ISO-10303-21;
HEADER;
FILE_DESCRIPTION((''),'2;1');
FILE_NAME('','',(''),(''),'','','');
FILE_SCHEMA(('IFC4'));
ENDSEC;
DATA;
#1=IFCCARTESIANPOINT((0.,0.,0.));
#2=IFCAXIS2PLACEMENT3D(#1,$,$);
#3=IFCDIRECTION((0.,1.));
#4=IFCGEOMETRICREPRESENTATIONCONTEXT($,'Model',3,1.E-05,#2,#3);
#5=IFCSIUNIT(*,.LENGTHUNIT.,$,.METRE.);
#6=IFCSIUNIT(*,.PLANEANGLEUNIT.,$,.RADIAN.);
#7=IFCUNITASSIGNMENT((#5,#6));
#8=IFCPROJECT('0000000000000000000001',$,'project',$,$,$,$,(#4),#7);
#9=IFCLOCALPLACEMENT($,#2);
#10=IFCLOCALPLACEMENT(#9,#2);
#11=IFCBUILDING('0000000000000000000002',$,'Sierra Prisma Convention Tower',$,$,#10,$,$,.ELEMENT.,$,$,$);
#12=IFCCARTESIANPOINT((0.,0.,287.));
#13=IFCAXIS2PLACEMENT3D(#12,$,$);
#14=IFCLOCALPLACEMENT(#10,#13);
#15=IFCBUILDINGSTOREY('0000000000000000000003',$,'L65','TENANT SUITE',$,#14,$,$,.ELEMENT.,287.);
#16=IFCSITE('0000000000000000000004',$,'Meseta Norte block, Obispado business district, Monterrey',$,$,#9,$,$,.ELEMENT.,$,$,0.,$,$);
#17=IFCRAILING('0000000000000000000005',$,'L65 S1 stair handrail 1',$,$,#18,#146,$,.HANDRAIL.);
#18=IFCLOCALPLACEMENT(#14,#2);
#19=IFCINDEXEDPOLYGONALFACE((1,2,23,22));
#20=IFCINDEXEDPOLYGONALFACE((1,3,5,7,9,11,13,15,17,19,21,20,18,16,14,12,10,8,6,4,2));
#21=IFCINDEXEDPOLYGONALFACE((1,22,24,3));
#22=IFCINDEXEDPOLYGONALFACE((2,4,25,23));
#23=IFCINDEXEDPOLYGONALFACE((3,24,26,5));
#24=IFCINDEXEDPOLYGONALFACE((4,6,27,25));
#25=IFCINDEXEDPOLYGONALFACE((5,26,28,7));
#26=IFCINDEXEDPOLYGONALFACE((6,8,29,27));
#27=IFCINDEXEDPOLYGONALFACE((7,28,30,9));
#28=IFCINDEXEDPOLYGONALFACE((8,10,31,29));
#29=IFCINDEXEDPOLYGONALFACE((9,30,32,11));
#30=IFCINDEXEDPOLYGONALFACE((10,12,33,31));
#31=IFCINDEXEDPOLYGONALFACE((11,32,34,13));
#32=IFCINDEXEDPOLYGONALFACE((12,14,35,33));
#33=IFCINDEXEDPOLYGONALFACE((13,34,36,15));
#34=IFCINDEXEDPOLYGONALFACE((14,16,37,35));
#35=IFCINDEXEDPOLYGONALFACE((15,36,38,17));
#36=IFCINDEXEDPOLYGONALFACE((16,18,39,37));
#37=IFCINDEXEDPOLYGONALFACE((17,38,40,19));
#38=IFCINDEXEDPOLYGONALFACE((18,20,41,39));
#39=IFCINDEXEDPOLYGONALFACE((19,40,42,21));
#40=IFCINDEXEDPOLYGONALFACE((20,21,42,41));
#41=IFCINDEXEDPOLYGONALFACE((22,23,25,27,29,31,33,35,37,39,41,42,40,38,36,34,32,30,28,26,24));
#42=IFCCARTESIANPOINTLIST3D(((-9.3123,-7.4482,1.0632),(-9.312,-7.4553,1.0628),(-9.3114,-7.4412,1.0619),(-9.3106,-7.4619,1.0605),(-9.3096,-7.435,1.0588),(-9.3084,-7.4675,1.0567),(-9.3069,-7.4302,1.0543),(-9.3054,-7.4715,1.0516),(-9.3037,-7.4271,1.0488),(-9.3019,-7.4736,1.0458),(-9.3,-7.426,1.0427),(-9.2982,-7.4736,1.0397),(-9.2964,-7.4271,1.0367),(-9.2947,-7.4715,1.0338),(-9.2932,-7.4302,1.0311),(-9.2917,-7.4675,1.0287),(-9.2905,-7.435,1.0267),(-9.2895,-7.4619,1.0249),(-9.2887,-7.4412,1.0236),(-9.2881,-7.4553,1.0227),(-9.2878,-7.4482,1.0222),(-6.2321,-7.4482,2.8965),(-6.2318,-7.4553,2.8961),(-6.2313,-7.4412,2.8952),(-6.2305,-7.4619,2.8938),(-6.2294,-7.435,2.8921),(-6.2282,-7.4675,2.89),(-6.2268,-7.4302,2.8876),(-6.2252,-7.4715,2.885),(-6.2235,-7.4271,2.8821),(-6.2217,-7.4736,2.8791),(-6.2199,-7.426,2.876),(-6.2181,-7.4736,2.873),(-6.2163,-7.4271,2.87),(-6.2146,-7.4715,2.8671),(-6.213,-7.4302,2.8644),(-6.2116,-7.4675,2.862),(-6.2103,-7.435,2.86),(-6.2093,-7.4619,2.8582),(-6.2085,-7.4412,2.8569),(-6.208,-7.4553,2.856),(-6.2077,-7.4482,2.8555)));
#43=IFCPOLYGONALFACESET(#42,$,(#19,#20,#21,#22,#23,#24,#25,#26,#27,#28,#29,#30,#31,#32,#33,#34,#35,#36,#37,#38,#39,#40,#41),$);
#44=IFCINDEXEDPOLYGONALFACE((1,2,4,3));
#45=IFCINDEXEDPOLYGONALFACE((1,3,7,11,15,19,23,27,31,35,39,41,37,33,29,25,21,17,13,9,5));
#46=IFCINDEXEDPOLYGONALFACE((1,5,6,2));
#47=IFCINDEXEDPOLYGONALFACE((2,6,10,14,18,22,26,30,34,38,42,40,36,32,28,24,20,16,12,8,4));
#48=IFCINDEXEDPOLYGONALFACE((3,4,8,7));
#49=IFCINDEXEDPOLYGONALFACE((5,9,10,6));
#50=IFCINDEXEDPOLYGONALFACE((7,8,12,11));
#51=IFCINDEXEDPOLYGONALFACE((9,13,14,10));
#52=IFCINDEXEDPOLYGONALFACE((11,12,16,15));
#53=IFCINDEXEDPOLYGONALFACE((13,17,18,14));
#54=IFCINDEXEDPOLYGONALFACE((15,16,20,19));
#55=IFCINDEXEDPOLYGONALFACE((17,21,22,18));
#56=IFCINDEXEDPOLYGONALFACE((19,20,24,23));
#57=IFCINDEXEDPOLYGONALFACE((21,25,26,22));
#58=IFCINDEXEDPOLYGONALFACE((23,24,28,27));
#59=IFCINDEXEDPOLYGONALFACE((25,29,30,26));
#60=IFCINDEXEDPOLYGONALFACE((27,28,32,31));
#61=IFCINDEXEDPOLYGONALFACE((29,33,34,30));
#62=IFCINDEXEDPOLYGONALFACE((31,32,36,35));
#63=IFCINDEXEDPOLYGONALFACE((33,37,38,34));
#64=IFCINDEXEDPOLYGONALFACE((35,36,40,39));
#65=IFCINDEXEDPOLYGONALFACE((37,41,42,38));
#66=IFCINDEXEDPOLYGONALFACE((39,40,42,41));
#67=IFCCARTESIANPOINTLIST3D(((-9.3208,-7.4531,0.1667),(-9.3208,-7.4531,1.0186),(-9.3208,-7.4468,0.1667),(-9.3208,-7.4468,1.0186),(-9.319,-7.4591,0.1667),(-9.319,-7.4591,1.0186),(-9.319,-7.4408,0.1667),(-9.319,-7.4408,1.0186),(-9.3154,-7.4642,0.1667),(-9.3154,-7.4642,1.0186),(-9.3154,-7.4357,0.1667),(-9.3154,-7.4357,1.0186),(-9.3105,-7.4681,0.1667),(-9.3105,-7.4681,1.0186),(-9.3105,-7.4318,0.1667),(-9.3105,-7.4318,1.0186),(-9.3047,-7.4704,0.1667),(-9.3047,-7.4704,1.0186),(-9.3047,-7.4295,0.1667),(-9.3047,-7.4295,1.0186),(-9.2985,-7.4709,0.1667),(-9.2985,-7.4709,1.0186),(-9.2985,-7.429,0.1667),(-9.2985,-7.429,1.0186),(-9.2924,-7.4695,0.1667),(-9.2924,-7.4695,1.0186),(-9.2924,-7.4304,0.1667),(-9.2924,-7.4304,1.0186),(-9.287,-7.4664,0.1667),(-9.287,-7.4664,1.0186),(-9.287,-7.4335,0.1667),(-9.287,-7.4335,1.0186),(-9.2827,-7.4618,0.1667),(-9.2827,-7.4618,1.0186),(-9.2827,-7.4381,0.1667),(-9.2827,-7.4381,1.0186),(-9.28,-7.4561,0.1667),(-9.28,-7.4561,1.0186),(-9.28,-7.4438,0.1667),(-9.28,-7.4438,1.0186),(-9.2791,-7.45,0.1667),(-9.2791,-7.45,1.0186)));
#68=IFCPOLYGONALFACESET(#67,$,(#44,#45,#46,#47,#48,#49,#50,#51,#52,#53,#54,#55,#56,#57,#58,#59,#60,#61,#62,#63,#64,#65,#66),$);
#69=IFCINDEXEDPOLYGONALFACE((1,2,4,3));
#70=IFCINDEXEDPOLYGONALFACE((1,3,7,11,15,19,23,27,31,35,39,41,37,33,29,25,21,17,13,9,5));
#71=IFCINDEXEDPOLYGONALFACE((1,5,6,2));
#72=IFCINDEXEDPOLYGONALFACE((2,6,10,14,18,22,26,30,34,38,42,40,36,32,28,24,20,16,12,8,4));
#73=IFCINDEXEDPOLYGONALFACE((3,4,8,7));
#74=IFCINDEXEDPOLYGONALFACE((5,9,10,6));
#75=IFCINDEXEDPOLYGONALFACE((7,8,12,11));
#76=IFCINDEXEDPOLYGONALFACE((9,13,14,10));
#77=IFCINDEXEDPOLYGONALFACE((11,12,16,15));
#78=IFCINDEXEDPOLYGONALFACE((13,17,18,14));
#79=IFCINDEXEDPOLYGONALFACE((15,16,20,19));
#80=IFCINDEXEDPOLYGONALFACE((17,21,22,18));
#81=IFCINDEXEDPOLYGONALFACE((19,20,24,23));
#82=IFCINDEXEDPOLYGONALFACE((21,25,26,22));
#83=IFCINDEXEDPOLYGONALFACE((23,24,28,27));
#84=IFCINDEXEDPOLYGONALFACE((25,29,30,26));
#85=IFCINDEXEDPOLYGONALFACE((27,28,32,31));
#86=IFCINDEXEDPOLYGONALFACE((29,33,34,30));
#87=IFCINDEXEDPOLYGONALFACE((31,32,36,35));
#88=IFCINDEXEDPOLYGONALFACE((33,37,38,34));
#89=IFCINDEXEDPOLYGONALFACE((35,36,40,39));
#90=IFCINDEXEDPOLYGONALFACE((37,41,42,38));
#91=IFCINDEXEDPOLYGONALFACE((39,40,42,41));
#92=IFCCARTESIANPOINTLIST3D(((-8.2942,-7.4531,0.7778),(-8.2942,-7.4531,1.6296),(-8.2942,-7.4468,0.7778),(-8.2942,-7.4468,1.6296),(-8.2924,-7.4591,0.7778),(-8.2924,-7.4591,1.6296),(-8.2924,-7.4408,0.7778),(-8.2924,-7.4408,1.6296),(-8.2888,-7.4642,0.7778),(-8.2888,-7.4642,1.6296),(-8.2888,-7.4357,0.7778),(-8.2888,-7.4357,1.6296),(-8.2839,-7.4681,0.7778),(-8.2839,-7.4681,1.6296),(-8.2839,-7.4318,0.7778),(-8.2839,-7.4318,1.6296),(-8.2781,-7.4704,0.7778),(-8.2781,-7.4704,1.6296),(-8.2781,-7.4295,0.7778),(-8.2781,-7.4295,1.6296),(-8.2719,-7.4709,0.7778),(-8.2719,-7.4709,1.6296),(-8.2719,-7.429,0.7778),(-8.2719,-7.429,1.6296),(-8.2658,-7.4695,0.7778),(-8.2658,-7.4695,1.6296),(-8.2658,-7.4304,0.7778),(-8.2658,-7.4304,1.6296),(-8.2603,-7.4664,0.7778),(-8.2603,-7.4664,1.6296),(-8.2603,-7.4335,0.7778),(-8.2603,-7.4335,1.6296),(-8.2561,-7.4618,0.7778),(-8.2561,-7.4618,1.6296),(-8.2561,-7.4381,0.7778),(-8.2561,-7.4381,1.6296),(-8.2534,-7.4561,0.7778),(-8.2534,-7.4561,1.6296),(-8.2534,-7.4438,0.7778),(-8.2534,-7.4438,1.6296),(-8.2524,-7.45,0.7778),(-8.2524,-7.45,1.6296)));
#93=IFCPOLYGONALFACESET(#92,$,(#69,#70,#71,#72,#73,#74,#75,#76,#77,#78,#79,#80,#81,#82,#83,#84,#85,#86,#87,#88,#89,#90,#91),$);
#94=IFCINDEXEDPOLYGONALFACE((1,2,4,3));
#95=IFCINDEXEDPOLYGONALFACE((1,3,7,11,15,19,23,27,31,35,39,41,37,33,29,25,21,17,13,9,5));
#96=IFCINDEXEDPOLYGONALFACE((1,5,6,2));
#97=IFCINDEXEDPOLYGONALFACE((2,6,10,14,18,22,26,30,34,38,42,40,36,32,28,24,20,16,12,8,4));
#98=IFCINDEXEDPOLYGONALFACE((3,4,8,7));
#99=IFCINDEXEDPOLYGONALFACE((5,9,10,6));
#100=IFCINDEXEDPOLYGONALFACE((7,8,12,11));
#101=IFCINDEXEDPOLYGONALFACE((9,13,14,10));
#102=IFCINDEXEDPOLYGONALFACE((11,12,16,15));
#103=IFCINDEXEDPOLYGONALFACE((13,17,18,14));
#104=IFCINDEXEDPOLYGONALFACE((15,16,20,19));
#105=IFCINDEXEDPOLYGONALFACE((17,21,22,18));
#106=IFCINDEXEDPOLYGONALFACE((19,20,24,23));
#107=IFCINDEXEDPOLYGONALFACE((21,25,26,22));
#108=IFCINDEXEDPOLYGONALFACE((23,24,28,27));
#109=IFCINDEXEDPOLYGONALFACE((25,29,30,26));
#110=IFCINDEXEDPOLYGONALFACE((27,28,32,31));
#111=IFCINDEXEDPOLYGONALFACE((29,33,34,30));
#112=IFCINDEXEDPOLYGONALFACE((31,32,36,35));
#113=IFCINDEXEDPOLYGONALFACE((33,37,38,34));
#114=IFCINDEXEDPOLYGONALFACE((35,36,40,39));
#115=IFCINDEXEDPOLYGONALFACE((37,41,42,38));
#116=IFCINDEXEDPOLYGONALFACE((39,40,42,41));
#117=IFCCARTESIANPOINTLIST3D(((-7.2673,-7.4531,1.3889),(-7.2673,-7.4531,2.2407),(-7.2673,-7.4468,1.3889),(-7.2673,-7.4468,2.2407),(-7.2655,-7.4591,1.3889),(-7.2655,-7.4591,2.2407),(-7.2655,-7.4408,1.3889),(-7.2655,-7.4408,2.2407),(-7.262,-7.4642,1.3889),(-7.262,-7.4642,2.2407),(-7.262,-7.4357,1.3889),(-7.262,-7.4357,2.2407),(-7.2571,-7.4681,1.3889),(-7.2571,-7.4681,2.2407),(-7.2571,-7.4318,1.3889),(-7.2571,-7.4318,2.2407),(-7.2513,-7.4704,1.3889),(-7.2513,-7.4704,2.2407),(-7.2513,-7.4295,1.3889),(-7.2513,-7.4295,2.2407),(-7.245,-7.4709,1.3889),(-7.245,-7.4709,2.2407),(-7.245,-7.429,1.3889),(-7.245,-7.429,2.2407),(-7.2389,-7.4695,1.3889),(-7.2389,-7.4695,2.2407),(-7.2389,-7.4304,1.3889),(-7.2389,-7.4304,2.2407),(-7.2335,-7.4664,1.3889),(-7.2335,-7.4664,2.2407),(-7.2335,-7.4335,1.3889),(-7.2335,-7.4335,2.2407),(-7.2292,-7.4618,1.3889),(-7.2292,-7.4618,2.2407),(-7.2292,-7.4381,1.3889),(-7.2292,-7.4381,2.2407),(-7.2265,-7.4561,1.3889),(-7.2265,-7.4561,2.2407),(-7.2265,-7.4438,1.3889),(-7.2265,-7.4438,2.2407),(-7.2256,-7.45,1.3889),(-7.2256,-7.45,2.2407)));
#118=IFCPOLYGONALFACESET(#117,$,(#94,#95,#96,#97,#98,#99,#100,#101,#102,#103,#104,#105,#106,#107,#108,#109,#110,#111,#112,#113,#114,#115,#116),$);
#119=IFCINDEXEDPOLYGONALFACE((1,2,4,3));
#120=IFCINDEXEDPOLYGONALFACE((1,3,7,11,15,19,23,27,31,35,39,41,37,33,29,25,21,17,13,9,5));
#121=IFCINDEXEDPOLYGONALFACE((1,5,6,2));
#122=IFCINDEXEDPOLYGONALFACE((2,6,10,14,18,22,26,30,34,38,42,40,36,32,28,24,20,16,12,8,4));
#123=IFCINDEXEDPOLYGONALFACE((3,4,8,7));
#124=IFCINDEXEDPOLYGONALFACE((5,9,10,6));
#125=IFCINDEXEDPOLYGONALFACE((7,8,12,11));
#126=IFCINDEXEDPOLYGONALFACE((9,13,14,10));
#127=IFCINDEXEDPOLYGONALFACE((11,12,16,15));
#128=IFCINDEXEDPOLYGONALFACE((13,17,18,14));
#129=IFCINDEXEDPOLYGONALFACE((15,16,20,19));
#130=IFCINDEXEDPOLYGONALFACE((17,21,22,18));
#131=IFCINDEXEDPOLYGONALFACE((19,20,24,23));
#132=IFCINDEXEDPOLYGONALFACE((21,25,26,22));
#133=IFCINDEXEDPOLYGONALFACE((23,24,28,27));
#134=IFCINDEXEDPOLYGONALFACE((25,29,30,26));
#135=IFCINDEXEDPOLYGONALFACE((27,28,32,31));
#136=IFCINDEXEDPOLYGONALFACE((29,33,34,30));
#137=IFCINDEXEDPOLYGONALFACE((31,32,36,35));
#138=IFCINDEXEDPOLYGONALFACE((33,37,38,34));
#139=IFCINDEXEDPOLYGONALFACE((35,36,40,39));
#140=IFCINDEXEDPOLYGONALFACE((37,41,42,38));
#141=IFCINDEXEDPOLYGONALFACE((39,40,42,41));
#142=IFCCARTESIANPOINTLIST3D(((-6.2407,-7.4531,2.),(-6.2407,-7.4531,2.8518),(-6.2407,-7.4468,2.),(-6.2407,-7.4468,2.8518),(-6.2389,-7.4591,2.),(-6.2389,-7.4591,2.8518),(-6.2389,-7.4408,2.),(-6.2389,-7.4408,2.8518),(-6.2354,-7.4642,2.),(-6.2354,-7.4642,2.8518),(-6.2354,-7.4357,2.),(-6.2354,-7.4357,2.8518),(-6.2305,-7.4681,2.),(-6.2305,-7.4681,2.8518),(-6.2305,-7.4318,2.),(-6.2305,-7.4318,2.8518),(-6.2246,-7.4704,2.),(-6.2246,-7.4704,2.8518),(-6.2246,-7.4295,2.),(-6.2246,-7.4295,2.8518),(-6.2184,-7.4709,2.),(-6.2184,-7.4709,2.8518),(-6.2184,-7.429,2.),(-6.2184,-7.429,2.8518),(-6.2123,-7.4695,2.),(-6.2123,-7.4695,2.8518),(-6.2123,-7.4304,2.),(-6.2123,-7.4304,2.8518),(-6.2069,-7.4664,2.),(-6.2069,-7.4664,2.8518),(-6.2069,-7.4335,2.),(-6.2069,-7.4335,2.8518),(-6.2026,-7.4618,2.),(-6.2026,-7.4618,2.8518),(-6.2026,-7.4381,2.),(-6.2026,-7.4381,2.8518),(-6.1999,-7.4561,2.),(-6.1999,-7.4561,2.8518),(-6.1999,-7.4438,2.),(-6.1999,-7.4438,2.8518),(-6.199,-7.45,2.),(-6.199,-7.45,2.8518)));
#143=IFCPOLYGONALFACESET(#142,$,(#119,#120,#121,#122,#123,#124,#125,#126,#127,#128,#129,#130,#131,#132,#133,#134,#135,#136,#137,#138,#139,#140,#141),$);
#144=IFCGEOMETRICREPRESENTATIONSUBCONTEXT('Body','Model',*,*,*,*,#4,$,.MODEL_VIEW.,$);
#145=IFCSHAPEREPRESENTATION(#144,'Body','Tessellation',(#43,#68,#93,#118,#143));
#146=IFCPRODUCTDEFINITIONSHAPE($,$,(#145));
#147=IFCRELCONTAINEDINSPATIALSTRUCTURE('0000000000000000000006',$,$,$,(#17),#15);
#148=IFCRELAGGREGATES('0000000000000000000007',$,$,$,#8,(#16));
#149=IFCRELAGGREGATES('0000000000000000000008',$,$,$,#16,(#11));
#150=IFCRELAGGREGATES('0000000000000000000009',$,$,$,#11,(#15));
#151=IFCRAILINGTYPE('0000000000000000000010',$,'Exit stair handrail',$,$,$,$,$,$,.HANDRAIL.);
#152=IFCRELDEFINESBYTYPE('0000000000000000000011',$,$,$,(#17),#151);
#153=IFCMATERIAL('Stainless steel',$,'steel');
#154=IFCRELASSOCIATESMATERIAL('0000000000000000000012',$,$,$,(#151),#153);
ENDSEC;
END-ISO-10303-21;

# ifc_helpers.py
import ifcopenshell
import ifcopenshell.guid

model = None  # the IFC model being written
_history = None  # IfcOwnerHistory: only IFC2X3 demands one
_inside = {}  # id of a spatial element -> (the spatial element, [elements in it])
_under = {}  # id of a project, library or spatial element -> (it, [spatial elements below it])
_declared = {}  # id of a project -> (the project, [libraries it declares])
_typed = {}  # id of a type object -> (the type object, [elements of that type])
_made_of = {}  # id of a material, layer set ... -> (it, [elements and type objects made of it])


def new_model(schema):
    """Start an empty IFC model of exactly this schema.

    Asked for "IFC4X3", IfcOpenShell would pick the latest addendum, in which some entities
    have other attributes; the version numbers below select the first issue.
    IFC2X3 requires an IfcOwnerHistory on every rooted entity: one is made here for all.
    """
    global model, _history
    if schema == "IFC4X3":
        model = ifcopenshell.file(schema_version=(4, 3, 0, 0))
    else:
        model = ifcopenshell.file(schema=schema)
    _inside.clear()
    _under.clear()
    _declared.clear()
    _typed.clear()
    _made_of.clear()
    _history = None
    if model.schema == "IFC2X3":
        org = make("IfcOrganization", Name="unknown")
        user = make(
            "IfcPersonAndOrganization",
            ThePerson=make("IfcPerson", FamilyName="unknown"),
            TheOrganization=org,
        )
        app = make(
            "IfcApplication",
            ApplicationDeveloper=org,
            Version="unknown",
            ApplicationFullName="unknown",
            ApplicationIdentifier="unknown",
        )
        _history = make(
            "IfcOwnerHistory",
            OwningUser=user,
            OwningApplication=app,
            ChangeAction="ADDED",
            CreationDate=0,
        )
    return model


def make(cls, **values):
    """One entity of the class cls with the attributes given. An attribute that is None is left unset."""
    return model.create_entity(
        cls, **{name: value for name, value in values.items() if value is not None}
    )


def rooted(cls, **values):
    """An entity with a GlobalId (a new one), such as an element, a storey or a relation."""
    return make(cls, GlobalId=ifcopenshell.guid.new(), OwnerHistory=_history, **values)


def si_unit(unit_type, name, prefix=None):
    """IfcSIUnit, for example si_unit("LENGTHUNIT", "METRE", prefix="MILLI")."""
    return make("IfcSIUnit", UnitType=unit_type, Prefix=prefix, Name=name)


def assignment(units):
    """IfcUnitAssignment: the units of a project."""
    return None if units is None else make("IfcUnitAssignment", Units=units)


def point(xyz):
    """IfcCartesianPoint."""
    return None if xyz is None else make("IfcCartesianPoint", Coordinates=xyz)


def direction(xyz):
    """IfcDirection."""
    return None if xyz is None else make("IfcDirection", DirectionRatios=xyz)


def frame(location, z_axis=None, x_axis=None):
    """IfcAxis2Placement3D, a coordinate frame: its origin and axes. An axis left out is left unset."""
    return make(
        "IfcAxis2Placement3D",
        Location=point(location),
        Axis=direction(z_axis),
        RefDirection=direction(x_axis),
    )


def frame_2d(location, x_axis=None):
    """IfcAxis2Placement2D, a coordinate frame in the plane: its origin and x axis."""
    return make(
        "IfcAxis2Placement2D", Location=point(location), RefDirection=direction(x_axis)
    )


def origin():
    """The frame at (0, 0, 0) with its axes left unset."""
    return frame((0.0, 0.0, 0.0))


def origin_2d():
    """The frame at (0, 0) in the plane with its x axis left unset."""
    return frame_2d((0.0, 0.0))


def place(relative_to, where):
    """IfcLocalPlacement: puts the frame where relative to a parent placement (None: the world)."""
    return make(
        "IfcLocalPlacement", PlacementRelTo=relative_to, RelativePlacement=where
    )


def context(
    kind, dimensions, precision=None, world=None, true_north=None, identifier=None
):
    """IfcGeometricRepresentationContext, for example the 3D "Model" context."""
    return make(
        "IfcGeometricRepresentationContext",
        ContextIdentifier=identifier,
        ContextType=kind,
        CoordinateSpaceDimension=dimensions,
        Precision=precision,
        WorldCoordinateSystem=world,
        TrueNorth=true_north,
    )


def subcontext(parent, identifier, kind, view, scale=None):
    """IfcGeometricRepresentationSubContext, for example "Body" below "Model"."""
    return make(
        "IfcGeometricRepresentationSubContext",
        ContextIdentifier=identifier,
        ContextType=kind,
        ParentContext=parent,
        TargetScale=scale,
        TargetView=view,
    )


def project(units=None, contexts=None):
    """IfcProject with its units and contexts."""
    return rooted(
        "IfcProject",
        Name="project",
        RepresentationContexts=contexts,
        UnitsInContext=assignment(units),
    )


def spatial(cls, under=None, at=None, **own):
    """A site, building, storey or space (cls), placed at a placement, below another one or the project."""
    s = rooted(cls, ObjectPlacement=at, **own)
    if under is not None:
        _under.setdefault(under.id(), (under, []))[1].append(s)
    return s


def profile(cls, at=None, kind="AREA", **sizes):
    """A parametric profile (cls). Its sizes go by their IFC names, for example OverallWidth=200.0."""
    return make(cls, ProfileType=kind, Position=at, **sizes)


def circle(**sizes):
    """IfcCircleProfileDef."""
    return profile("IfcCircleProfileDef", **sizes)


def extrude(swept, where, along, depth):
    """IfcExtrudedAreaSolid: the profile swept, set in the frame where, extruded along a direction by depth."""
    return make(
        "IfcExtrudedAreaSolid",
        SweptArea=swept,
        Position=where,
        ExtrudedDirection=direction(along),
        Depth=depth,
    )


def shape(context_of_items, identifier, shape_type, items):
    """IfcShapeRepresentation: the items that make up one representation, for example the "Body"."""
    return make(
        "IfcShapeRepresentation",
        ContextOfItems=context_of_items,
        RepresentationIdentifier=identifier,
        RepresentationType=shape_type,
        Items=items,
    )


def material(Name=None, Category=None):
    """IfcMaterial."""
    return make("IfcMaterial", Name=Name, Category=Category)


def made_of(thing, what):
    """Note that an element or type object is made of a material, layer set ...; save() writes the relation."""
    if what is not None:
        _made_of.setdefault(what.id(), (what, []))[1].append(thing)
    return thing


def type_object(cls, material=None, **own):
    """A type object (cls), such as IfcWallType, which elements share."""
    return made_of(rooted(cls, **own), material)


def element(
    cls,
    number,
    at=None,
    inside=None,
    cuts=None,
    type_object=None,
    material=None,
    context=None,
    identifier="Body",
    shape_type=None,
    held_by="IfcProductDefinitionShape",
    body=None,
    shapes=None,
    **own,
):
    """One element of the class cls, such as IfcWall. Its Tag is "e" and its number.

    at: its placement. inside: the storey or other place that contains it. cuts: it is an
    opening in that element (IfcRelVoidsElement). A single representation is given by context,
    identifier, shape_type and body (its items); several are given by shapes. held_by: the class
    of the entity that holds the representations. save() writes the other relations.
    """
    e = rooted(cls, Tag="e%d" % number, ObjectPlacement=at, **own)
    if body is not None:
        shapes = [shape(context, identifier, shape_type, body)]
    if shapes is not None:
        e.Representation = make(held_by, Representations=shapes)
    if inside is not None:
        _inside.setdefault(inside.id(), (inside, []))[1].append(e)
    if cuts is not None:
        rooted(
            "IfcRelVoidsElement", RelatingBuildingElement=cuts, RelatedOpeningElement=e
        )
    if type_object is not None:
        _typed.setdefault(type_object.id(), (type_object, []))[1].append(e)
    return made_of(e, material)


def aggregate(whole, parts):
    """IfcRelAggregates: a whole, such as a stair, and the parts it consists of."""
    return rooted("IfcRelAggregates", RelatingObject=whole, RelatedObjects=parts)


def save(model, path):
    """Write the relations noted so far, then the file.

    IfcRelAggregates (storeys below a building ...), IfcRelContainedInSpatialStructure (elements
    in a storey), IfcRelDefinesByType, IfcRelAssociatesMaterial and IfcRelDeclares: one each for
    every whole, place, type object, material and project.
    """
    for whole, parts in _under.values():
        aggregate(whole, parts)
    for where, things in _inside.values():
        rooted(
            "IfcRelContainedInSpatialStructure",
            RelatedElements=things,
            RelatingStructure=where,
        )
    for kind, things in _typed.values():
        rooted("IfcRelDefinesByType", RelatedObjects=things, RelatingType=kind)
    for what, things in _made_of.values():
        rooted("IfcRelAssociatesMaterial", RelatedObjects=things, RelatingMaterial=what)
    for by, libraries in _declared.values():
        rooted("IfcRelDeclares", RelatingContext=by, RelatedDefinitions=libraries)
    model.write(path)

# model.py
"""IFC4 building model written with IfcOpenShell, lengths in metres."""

from ifc_helpers import new_model, si_unit, direction, frame, origin, origin_2d, place, context, subcontext, project, spatial, circle, extrude, material, type_object, element, save


model = new_model("IFC4")

# Units and contexts
model_context = context("Model", 3, precision=1e-05, world=origin(), true_north=direction((0.0, 1.0)))
body_context = subcontext(model_context, "Body", "Model", "MODEL_VIEW")
ifc_project = project(units=[si_unit("LENGTHUNIT", "METRE"), si_unit("PLANEANGLEUNIT", "RADIAN")], contexts=[model_context])

# Site, building, storey
site_placement = place(None, origin())
site = spatial("IfcSite", under=ifc_project, at=site_placement, Name="Meseta Norte block, Obispado business district, Monterrey", CompositionType="ELEMENT", RefElevation=0.0)
building_placement = place(site_placement, origin())
building = spatial("IfcBuilding", under=site, at=building_placement, Name="Sierra Prisma Convention Tower", CompositionType="ELEMENT")
storey_placement = place(building_placement, frame((0.0, 0.0, 287.0)))
storey = spatial("IfcBuildingStorey", under=building, at=storey_placement, Name="L65", Description="TENANT SUITE", CompositionType="ELEMENT", Elevation=287.0)

# Railing
ifc_material_1 = material(Name="Stainless steel", Category="steel")
railing_type_1 = type_object("IfcRailingType", Name="Exit stair handrail", PredefinedType="HANDRAIL", material=ifc_material_1)
railing_1_placement = place(storey_placement, frame((-9.3, -7.45, 0.1667)))
element("IfcRailing", 1, at=railing_1_placement, inside=storey, type_object=railing_type_1, Name="L65 S1 stair handrail 1", PredefinedType="HANDRAIL", context=body_context, shape_type="SweptSolid", body=[
    extrude(circle(Radius=0.0239, at=origin_2d()), frame((0.0, 0.0, 0.876), z_axis=(0.859309, 0.0, 0.511458), x_axis=(0.0, 1.0, 0.0)), (0.0, 0.0, 1.0), 3.5845),
    extrude(circle(Radius=0.021, at=origin_2d()), origin(), (0.0, 0.0, 1.0), 0.8518),
    extrude(circle(Radius=0.021, at=origin_2d()), frame((1.0266, 0.0, 0.6111)), (0.0, 0.0, 1.0), 0.8518),
    extrude(circle(Radius=0.021, at=origin_2d()), frame((2.0535, 0.0, 1.2222)), (0.0, 0.0, 1.0), 0.8518),
    extrude(circle(Radius=0.021, at=origin_2d()), frame((3.0801, 0.0, 1.8333)), (0.0, 0.0, 1.0), 0.8518),
])

save(model, "model.ifc")
